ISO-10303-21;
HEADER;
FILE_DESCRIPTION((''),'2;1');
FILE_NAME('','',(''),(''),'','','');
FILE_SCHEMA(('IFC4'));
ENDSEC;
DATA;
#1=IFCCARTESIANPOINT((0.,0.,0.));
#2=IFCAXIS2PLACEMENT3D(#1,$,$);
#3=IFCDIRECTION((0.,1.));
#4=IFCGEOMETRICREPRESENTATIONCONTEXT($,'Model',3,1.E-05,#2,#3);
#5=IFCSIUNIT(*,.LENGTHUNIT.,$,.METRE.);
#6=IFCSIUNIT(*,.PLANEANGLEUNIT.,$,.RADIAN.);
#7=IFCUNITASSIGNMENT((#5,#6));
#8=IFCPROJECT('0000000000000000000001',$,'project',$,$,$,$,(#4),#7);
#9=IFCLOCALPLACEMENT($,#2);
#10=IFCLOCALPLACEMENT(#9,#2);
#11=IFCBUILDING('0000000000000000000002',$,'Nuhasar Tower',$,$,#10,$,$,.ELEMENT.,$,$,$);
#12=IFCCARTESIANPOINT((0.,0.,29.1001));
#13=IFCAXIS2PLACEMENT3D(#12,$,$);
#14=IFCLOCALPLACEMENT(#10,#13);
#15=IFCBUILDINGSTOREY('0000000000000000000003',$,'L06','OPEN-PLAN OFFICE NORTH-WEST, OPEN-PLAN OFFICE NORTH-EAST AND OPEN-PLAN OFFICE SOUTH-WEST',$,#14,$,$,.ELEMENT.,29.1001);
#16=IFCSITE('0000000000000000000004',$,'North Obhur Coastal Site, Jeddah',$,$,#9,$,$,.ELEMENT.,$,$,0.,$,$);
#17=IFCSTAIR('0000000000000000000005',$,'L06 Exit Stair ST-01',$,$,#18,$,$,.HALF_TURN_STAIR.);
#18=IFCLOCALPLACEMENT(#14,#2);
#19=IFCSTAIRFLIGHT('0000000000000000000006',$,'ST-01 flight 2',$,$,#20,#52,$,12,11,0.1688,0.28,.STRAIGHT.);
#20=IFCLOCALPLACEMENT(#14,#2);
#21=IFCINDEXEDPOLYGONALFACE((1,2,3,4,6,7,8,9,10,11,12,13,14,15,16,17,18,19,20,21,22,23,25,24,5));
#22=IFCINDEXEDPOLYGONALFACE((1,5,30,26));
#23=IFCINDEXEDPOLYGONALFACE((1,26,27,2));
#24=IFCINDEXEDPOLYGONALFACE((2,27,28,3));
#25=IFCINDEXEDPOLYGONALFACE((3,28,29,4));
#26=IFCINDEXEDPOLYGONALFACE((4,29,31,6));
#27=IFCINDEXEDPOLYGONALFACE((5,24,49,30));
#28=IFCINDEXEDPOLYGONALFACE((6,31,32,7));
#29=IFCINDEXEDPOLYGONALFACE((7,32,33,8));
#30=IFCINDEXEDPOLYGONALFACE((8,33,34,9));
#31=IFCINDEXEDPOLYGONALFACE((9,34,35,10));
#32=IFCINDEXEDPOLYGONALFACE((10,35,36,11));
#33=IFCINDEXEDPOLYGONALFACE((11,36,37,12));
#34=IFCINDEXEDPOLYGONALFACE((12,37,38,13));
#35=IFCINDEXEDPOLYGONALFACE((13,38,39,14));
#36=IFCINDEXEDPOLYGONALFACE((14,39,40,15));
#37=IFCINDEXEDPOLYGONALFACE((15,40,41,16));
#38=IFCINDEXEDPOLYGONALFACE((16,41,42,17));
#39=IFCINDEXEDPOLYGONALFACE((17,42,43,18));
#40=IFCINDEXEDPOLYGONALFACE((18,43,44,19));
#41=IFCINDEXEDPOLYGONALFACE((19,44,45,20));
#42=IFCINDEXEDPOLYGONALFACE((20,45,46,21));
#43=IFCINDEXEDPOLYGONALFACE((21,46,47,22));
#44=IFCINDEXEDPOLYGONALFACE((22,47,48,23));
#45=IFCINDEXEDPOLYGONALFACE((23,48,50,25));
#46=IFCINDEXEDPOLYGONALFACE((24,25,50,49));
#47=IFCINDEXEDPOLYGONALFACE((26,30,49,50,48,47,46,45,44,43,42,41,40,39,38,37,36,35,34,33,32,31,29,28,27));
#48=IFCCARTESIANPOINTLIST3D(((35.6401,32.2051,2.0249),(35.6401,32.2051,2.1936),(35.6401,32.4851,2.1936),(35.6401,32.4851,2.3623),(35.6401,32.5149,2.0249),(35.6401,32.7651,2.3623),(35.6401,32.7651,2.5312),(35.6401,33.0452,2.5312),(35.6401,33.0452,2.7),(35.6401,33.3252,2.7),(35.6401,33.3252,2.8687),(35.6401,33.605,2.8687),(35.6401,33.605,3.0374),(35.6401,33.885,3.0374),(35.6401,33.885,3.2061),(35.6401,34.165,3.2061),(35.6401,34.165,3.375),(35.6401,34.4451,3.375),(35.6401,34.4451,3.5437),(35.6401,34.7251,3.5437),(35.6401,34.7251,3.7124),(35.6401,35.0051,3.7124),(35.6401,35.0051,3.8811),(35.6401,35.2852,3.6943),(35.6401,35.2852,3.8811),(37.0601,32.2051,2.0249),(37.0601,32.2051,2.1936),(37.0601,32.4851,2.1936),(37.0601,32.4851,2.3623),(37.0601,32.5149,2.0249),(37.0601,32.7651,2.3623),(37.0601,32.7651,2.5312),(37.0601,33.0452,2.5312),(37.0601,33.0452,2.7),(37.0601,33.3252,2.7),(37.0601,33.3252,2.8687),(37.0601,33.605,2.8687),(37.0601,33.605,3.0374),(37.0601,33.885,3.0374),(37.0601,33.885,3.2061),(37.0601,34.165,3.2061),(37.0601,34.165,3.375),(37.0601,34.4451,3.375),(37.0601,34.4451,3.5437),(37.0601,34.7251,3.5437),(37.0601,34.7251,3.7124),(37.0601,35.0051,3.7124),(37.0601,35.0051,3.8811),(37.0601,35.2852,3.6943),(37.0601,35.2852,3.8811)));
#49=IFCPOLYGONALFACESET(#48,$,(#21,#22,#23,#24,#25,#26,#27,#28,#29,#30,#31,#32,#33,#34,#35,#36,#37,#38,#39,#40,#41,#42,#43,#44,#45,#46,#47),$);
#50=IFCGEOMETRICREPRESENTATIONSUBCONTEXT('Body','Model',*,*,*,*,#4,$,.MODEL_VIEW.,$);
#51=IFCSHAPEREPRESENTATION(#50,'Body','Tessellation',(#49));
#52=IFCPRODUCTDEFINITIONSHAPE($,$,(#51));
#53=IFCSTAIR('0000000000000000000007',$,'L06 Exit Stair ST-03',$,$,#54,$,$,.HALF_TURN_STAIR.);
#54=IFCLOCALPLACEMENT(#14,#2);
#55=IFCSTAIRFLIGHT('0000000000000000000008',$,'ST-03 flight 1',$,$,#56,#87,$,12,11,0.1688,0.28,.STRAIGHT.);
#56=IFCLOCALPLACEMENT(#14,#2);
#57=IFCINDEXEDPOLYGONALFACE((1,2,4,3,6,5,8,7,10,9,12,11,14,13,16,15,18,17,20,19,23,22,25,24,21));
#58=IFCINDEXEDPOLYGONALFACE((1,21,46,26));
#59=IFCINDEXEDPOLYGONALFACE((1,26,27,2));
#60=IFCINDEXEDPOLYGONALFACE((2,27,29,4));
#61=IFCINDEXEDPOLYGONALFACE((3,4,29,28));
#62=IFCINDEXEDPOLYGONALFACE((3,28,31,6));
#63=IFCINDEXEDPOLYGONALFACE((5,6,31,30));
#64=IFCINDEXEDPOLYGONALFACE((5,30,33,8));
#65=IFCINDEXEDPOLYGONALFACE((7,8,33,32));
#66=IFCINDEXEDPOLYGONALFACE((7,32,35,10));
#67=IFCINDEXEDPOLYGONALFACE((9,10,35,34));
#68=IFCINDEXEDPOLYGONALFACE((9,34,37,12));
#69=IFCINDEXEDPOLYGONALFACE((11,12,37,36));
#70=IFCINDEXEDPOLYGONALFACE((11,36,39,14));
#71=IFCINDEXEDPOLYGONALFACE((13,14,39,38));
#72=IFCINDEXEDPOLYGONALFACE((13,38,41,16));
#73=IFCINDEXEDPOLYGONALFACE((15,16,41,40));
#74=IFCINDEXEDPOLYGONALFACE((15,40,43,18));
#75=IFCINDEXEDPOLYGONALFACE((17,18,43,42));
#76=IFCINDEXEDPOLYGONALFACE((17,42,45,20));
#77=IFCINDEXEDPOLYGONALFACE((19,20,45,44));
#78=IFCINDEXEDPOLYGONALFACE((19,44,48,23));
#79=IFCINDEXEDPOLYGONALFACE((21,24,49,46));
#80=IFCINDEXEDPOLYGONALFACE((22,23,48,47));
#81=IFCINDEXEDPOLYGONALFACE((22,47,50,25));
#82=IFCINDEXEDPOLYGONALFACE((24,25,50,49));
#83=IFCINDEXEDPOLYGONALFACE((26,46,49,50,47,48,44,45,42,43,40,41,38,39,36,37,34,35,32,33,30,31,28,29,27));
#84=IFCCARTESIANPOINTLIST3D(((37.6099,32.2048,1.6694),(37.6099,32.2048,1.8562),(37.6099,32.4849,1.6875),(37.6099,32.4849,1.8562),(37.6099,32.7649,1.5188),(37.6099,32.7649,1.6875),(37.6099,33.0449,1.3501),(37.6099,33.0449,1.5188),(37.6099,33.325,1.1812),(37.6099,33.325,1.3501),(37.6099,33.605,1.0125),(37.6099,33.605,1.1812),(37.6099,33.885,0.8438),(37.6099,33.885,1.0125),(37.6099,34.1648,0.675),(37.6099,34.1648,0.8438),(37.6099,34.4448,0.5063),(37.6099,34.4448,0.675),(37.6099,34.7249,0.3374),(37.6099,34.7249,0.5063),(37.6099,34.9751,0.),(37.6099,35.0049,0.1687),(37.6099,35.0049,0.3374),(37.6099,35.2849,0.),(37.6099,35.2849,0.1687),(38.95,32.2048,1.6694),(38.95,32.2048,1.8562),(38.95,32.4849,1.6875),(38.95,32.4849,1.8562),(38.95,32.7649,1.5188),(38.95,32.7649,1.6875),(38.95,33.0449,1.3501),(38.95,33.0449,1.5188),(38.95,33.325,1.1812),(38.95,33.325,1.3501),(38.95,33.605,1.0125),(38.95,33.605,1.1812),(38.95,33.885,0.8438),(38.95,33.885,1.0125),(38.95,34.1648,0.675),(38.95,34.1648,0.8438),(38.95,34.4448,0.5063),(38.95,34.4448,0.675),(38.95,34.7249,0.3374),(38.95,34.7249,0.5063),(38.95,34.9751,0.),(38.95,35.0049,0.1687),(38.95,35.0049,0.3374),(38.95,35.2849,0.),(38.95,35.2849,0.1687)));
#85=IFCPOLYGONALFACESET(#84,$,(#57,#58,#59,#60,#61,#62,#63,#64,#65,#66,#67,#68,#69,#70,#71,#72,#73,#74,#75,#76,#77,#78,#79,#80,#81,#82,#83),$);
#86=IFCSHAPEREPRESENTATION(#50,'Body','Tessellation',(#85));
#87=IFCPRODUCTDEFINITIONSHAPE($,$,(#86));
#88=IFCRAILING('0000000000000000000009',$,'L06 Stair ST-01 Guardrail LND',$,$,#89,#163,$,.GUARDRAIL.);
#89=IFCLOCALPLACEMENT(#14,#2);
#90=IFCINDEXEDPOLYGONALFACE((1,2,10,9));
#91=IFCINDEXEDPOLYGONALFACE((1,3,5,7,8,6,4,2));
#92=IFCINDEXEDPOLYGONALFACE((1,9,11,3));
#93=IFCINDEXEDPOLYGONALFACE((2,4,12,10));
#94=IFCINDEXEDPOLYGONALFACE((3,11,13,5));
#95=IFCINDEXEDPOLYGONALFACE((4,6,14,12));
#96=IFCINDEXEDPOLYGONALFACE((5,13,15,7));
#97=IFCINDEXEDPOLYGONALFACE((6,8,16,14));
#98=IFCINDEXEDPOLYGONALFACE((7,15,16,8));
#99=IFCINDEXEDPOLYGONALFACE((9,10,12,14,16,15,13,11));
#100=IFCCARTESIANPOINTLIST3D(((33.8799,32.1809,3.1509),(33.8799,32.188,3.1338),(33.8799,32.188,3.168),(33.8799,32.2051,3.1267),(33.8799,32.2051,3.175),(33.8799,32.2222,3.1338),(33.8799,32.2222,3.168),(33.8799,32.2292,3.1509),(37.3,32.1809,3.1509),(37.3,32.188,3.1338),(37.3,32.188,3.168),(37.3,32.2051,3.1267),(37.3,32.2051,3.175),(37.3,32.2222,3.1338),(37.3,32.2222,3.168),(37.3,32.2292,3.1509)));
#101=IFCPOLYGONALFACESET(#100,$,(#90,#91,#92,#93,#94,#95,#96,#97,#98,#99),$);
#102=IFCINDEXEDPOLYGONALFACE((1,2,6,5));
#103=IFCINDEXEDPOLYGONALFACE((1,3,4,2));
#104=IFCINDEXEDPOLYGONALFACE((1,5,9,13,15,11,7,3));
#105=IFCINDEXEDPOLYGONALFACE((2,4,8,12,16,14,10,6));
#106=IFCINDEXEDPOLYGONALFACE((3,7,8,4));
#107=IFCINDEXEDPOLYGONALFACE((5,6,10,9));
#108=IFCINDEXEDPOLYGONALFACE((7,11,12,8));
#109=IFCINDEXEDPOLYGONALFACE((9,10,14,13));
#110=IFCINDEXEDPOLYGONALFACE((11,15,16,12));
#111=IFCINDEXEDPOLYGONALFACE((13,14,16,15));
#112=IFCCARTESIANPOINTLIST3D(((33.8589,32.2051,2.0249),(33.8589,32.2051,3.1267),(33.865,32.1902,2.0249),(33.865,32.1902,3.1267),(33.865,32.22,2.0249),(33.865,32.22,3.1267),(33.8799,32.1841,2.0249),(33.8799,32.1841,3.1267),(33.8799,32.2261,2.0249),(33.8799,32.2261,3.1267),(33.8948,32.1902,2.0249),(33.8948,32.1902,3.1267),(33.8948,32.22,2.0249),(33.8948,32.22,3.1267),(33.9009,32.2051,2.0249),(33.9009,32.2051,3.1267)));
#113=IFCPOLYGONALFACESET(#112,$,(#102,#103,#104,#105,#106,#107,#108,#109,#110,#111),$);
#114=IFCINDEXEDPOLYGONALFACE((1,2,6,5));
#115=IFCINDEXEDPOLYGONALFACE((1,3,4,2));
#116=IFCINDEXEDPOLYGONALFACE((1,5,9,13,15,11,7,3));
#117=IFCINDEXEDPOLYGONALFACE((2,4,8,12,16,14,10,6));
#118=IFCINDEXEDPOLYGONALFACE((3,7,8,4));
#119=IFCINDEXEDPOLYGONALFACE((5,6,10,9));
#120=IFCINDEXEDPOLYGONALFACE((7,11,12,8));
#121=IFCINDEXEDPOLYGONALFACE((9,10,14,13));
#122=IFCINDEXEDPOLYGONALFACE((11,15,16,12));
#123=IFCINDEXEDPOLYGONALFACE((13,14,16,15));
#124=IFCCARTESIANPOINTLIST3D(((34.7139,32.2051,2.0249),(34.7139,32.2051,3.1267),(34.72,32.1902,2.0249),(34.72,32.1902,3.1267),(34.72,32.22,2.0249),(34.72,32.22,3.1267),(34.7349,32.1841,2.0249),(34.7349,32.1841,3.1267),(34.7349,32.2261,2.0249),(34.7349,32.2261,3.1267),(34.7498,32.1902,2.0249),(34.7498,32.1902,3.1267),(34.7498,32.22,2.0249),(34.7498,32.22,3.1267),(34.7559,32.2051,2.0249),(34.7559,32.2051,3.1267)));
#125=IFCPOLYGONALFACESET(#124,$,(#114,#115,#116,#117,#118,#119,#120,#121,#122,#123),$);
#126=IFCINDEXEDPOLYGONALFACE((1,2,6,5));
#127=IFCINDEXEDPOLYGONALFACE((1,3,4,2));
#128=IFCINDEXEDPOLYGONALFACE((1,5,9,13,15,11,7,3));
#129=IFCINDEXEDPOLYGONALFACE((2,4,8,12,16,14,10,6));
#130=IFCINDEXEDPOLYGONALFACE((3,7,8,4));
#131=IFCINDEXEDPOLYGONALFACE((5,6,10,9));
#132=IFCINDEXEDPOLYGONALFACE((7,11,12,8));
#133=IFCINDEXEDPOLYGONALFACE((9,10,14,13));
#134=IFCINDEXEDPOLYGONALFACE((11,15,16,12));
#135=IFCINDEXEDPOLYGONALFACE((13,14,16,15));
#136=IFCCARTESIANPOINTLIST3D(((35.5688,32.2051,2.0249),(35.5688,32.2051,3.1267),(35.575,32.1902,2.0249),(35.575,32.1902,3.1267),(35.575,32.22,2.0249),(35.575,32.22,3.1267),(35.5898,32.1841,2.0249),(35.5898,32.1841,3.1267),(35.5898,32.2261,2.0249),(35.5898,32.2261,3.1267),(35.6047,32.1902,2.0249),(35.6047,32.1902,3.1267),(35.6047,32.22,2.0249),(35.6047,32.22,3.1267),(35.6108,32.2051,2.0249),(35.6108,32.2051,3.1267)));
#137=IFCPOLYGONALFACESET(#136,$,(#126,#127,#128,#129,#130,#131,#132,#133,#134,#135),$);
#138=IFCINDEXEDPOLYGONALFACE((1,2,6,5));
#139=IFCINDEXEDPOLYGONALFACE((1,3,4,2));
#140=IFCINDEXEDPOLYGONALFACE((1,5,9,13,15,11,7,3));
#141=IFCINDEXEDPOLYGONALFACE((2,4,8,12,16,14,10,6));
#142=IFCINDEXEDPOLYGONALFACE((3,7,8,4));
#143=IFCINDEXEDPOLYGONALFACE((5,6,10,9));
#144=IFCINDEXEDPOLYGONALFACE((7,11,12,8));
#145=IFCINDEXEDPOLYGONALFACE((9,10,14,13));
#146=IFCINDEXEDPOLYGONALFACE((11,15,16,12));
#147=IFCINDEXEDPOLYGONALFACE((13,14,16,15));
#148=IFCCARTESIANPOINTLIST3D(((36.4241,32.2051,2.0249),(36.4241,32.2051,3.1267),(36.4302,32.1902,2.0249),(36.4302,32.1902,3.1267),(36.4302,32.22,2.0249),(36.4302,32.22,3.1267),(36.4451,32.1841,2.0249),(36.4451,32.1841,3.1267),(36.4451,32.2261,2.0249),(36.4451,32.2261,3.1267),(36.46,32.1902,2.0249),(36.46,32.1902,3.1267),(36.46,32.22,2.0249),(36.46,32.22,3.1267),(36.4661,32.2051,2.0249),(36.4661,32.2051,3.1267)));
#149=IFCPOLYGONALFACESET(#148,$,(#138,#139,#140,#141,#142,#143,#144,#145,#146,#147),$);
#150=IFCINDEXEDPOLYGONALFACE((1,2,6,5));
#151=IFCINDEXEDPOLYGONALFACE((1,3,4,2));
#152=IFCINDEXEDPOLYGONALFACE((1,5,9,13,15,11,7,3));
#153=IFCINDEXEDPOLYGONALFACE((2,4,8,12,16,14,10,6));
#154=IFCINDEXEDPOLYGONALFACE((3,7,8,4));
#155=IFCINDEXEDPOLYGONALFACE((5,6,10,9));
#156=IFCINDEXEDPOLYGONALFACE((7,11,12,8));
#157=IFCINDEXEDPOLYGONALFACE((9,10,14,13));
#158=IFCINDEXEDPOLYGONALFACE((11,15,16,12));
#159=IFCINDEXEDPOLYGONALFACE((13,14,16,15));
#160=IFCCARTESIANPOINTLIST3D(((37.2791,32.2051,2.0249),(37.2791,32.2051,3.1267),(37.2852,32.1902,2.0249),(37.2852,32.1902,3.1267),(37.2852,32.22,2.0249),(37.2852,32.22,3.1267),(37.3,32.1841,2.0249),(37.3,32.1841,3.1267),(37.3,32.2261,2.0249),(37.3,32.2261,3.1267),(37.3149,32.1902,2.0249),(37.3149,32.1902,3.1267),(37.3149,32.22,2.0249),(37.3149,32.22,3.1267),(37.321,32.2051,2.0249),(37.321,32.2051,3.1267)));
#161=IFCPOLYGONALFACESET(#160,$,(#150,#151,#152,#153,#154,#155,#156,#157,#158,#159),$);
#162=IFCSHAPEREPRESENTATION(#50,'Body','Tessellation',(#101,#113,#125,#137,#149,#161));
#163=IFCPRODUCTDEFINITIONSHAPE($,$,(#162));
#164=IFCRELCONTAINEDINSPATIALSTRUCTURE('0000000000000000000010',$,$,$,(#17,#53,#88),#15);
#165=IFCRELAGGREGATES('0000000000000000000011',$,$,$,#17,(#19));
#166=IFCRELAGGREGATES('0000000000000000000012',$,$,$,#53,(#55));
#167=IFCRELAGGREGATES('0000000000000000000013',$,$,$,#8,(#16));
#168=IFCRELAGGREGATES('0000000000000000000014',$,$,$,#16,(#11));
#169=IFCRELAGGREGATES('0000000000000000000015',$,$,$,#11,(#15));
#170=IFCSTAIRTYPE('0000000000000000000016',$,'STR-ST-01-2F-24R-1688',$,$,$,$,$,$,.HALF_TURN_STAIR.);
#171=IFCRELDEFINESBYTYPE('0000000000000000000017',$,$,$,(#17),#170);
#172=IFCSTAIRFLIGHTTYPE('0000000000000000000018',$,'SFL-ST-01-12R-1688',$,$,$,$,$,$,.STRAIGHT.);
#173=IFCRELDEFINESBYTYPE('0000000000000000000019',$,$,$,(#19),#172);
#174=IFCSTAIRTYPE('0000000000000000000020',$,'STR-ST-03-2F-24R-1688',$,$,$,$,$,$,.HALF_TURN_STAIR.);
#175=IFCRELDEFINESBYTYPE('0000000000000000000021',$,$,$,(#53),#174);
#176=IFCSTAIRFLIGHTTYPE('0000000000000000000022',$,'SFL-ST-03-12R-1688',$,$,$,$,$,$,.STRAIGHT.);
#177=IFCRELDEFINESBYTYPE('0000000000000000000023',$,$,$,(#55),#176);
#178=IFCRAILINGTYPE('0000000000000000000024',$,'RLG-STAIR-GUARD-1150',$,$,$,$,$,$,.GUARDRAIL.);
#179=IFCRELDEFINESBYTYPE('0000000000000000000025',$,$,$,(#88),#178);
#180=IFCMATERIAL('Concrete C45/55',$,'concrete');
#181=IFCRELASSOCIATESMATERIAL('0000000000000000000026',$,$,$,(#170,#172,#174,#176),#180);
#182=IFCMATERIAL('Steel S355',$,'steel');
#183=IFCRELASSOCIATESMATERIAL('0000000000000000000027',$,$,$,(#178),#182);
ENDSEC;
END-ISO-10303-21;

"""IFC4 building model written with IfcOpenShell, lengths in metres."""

from ifc_helpers import new_model, si_unit, direction, frame, origin, place, context, subcontext, project, spatial, polyline, outline, extrude, material, type_object, element, aggregate, save


model = new_model("IFC4")

# Units and contexts
model_context = context("Model", 3, precision=1e-05, world=origin(), true_north=direction((0.0, 1.0)))
body_context = subcontext(model_context, "Body", "Model", "MODEL_VIEW")
ifc_project = project(units=[si_unit("LENGTHUNIT", "METRE"), si_unit("PLANEANGLEUNIT", "RADIAN")], contexts=[model_context])

# Site, building, storey
site_placement = place(None, origin())
site = spatial("IfcSite", under=ifc_project, at=site_placement, Name="North Obhur Coastal Site, Jeddah", CompositionType="ELEMENT", RefElevation=0.0)
building_placement = place(site_placement, origin())
building = spatial("IfcBuilding", under=site, at=building_placement, Name="Nuhasar Tower", CompositionType="ELEMENT")
storey_placement = place(building_placement, frame((0.0, 0.0, 29.1001)))
storey = spatial("IfcBuildingStorey", under=building, at=storey_placement, Name="L06", Description="OPEN-PLAN OFFICE NORTH-WEST, OPEN-PLAN OFFICE NORTH-EAST AND OPEN-PLAN OFFICE SOUTH-WEST", CompositionType="ELEMENT", Elevation=29.1001)

# Shared definitions
ifc_material_1 = material(Name="Steel S355", Category="steel")

# Shared definitions
ifc_material_2 = material(Name="Concrete C45/55", Category="concrete")

# Stair, stair flight
stair_type_1 = type_object("IfcStairType", Name="STR-ST-01-2F-24R-1688", PredefinedType="HALF_TURN_STAIR", material=ifc_material_2)
stair_1_placement = place(storey_placement, origin())
stair_1 = element("IfcStair", 1, at=stair_1_placement, inside=storey, type_object=stair_type_1, Name="L06 Exit Stair ST-01", PredefinedType="HALF_TURN_STAIR")
stair_flight_type_1 = type_object("IfcStairFlightType", Name="SFL-ST-01-12R-1688", PredefinedType="STRAIGHT", material=ifc_material_2)
stair_flight_1_placement = place(storey_placement, frame((36.3501, 32.2051, 2.0249), z_axis=(0.0, 0.0, 1.0), x_axis=(0.0, 1.0, 0.0)))
stair_flight_1 = element("IfcStairFlight", 2, at=stair_flight_1_placement, type_object=stair_flight_type_1, Name="ST-01 flight 2", NumberOfRisers=12, NumberOfTreads=11, PredefinedType="STRAIGHT", RiserHeight=0.1688, TreadLength=0.28, context=body_context, shape_type="SweptSolid", body=[
    extrude(outline(polyline([(0.0, 0.0), (0.0, 0.1687), (0.28, 0.1687), (0.28, 0.3374), (0.5601, 0.3374), (0.5601, 0.5063), (0.8401, 0.5063), (0.8401, 0.675), (1.1201, 0.675), (1.1201, 0.8438), (1.3999, 0.8438), (1.3999, 1.0125), (1.6799, 1.0125), (1.6799, 1.1812), (1.96, 1.1812), (1.96, 1.3501), (2.24, 1.3501), (2.24, 1.5188), (2.52, 1.5188), (2.52, 1.6875), (2.8, 1.6875), (2.8, 1.8562), (3.0801, 1.8562), (3.0801, 2.0249), (3.0801, 1.6694), (0.3098, 0.0), (0.0, 0.0)])), frame((0.0, 0.71, 0.0), z_axis=(0.0, -1.0, 0.0), x_axis=(1.0, 0.0, 0.0)), (0.0, 0.0, 1.0), 1.4199),
])
aggregate(stair_1, [stair_flight_1])

# Stair, stair flight
stair_type_2 = type_object("IfcStairType", Name="STR-ST-03-2F-24R-1688", PredefinedType="HALF_TURN_STAIR", material=ifc_material_2)
stair_2_placement = place(storey_placement, origin())
stair_2 = element("IfcStair", 3, at=stair_2_placement, inside=storey, type_object=stair_type_2, Name="L06 Exit Stair ST-03", PredefinedType="HALF_TURN_STAIR")
stair_flight_type_2 = type_object("IfcStairFlightType", Name="SFL-ST-03-12R-1688", PredefinedType="STRAIGHT", material=ifc_material_2)
stair_flight_2_placement = place(storey_placement, frame((38.28, 35.2849, 0.0), z_axis=(0.0, 0.0, 1.0), x_axis=(0.0, -1.0, 0.0)))
stair_flight_2 = element("IfcStairFlight", 4, at=stair_flight_2_placement, type_object=stair_flight_type_2, Name="ST-03 flight 1", NumberOfRisers=12, NumberOfTreads=11, PredefinedType="STRAIGHT", RiserHeight=0.1688, TreadLength=0.28, context=body_context, shape_type="SweptSolid", body=[
    extrude(outline(polyline([(0.0, 0.0), (0.0, 0.1687), (0.28, 0.1687), (0.28, 0.3374), (0.5601, 0.3374), (0.5601, 0.5063), (0.8401, 0.5063), (0.8401, 0.675), (1.1201, 0.675), (1.1201, 0.8438), (1.3999, 0.8438), (1.3999, 1.0125), (1.6799, 1.0125), (1.6799, 1.1812), (1.96, 1.1812), (1.96, 1.3501), (2.24, 1.3501), (2.24, 1.5188), (2.52, 1.5188), (2.52, 1.6875), (2.8, 1.6875), (2.8, 1.8562), (3.0801, 1.8562), (3.0801, 2.0249), (3.0801, 1.6694), (0.3098, 0.0), (0.0, 0.0)])), frame((0.0, 0.6699, 0.0), z_axis=(0.0, -1.0, 0.0), x_axis=(1.0, 0.0, 0.0)), (0.0, 0.0, 1.0), 1.3401),
])
aggregate(stair_2, [stair_flight_2])

# Railing
railing_type_1 = type_object("IfcRailingType", Name="RLG-STAIR-GUARD-1150", PredefinedType="GUARDRAIL", material=ifc_material_1)
railing_1_placement = place(storey_placement, frame((33.8799, 32.2051, 2.0249)))
element("IfcRailing", 5, at=railing_1_placement, inside=storey, type_object=railing_type_1, Name="L06 Stair ST-01 Guardrail LND", PredefinedType="GUARDRAIL", context=body_context, shape_type="SweptSolid", body=[
    extrude(outline(polyline([(0.0242, 0.0), (0.0171, 0.0171), (0.0, 0.0242), (-0.0171, 0.0171), (-0.0242, 0.0), (-0.0171, -0.0171), (0.0, -0.0242), (0.0171, -0.0171), (0.0242, 0.0)])), frame((0.0, 0.0, 1.126), z_axis=(1.0, 0.0, 0.0), x_axis=(0.0, 1.0, 0.0)), (0.0, 0.0, 1.0), 3.4202),
    extrude(outline(polyline([(0.021, 0.0), (0.0149, 0.0149), (0.0, 0.021), (-0.0149, 0.0149), (-0.021, 0.0), (-0.0149, -0.0149), (0.0, -0.021), (0.0149, -0.0149), (0.021, 0.0)])), origin(), (0.0, 0.0, 1.0), 1.1018),
    extrude(outline(polyline([(0.021, 0.0), (0.0149, 0.0149), (0.0, 0.021), (-0.0149, 0.0149), (-0.021, 0.0), (-0.0149, -0.0149), (0.0, -0.021), (0.0149, -0.0149), (0.021, 0.0)])), frame((0.855, 0.0, 0.0)), (0.0, 0.0, 1.0), 1.1018),
    extrude(outline(polyline([(0.021, 0.0), (0.0149, 0.0149), (0.0, 0.021), (-0.0149, 0.0149), (-0.021, 0.0), (-0.0149, -0.0149), (0.0, -0.021), (0.0149, -0.0149), (0.021, 0.0)])), frame((1.71, 0.0, 0.0)), (0.0, 0.0, 1.0), 1.1018),
    extrude(outline(polyline([(0.021, 0.0), (0.0149, 0.0149), (0.0, 0.021), (-0.0149, 0.0149), (-0.021, 0.0), (-0.0149, -0.0149), (0.0, -0.021), (0.0149, -0.0149), (0.021, 0.0)])), frame((2.5652, 0.0, 0.0)), (0.0, 0.0, 1.0), 1.1018),
    extrude(outline(polyline([(0.021, 0.0), (0.0149, 0.0149), (0.0, 0.021), (-0.0149, 0.0149), (-0.021, 0.0), (-0.0149, -0.0149), (0.0, -0.021), (0.0149, -0.0149), (0.021, 0.0)])), frame((3.4202, 0.0, 0.0)), (0.0, 0.0, 1.0), 1.1018),
])

save(model, "model.ifc")
